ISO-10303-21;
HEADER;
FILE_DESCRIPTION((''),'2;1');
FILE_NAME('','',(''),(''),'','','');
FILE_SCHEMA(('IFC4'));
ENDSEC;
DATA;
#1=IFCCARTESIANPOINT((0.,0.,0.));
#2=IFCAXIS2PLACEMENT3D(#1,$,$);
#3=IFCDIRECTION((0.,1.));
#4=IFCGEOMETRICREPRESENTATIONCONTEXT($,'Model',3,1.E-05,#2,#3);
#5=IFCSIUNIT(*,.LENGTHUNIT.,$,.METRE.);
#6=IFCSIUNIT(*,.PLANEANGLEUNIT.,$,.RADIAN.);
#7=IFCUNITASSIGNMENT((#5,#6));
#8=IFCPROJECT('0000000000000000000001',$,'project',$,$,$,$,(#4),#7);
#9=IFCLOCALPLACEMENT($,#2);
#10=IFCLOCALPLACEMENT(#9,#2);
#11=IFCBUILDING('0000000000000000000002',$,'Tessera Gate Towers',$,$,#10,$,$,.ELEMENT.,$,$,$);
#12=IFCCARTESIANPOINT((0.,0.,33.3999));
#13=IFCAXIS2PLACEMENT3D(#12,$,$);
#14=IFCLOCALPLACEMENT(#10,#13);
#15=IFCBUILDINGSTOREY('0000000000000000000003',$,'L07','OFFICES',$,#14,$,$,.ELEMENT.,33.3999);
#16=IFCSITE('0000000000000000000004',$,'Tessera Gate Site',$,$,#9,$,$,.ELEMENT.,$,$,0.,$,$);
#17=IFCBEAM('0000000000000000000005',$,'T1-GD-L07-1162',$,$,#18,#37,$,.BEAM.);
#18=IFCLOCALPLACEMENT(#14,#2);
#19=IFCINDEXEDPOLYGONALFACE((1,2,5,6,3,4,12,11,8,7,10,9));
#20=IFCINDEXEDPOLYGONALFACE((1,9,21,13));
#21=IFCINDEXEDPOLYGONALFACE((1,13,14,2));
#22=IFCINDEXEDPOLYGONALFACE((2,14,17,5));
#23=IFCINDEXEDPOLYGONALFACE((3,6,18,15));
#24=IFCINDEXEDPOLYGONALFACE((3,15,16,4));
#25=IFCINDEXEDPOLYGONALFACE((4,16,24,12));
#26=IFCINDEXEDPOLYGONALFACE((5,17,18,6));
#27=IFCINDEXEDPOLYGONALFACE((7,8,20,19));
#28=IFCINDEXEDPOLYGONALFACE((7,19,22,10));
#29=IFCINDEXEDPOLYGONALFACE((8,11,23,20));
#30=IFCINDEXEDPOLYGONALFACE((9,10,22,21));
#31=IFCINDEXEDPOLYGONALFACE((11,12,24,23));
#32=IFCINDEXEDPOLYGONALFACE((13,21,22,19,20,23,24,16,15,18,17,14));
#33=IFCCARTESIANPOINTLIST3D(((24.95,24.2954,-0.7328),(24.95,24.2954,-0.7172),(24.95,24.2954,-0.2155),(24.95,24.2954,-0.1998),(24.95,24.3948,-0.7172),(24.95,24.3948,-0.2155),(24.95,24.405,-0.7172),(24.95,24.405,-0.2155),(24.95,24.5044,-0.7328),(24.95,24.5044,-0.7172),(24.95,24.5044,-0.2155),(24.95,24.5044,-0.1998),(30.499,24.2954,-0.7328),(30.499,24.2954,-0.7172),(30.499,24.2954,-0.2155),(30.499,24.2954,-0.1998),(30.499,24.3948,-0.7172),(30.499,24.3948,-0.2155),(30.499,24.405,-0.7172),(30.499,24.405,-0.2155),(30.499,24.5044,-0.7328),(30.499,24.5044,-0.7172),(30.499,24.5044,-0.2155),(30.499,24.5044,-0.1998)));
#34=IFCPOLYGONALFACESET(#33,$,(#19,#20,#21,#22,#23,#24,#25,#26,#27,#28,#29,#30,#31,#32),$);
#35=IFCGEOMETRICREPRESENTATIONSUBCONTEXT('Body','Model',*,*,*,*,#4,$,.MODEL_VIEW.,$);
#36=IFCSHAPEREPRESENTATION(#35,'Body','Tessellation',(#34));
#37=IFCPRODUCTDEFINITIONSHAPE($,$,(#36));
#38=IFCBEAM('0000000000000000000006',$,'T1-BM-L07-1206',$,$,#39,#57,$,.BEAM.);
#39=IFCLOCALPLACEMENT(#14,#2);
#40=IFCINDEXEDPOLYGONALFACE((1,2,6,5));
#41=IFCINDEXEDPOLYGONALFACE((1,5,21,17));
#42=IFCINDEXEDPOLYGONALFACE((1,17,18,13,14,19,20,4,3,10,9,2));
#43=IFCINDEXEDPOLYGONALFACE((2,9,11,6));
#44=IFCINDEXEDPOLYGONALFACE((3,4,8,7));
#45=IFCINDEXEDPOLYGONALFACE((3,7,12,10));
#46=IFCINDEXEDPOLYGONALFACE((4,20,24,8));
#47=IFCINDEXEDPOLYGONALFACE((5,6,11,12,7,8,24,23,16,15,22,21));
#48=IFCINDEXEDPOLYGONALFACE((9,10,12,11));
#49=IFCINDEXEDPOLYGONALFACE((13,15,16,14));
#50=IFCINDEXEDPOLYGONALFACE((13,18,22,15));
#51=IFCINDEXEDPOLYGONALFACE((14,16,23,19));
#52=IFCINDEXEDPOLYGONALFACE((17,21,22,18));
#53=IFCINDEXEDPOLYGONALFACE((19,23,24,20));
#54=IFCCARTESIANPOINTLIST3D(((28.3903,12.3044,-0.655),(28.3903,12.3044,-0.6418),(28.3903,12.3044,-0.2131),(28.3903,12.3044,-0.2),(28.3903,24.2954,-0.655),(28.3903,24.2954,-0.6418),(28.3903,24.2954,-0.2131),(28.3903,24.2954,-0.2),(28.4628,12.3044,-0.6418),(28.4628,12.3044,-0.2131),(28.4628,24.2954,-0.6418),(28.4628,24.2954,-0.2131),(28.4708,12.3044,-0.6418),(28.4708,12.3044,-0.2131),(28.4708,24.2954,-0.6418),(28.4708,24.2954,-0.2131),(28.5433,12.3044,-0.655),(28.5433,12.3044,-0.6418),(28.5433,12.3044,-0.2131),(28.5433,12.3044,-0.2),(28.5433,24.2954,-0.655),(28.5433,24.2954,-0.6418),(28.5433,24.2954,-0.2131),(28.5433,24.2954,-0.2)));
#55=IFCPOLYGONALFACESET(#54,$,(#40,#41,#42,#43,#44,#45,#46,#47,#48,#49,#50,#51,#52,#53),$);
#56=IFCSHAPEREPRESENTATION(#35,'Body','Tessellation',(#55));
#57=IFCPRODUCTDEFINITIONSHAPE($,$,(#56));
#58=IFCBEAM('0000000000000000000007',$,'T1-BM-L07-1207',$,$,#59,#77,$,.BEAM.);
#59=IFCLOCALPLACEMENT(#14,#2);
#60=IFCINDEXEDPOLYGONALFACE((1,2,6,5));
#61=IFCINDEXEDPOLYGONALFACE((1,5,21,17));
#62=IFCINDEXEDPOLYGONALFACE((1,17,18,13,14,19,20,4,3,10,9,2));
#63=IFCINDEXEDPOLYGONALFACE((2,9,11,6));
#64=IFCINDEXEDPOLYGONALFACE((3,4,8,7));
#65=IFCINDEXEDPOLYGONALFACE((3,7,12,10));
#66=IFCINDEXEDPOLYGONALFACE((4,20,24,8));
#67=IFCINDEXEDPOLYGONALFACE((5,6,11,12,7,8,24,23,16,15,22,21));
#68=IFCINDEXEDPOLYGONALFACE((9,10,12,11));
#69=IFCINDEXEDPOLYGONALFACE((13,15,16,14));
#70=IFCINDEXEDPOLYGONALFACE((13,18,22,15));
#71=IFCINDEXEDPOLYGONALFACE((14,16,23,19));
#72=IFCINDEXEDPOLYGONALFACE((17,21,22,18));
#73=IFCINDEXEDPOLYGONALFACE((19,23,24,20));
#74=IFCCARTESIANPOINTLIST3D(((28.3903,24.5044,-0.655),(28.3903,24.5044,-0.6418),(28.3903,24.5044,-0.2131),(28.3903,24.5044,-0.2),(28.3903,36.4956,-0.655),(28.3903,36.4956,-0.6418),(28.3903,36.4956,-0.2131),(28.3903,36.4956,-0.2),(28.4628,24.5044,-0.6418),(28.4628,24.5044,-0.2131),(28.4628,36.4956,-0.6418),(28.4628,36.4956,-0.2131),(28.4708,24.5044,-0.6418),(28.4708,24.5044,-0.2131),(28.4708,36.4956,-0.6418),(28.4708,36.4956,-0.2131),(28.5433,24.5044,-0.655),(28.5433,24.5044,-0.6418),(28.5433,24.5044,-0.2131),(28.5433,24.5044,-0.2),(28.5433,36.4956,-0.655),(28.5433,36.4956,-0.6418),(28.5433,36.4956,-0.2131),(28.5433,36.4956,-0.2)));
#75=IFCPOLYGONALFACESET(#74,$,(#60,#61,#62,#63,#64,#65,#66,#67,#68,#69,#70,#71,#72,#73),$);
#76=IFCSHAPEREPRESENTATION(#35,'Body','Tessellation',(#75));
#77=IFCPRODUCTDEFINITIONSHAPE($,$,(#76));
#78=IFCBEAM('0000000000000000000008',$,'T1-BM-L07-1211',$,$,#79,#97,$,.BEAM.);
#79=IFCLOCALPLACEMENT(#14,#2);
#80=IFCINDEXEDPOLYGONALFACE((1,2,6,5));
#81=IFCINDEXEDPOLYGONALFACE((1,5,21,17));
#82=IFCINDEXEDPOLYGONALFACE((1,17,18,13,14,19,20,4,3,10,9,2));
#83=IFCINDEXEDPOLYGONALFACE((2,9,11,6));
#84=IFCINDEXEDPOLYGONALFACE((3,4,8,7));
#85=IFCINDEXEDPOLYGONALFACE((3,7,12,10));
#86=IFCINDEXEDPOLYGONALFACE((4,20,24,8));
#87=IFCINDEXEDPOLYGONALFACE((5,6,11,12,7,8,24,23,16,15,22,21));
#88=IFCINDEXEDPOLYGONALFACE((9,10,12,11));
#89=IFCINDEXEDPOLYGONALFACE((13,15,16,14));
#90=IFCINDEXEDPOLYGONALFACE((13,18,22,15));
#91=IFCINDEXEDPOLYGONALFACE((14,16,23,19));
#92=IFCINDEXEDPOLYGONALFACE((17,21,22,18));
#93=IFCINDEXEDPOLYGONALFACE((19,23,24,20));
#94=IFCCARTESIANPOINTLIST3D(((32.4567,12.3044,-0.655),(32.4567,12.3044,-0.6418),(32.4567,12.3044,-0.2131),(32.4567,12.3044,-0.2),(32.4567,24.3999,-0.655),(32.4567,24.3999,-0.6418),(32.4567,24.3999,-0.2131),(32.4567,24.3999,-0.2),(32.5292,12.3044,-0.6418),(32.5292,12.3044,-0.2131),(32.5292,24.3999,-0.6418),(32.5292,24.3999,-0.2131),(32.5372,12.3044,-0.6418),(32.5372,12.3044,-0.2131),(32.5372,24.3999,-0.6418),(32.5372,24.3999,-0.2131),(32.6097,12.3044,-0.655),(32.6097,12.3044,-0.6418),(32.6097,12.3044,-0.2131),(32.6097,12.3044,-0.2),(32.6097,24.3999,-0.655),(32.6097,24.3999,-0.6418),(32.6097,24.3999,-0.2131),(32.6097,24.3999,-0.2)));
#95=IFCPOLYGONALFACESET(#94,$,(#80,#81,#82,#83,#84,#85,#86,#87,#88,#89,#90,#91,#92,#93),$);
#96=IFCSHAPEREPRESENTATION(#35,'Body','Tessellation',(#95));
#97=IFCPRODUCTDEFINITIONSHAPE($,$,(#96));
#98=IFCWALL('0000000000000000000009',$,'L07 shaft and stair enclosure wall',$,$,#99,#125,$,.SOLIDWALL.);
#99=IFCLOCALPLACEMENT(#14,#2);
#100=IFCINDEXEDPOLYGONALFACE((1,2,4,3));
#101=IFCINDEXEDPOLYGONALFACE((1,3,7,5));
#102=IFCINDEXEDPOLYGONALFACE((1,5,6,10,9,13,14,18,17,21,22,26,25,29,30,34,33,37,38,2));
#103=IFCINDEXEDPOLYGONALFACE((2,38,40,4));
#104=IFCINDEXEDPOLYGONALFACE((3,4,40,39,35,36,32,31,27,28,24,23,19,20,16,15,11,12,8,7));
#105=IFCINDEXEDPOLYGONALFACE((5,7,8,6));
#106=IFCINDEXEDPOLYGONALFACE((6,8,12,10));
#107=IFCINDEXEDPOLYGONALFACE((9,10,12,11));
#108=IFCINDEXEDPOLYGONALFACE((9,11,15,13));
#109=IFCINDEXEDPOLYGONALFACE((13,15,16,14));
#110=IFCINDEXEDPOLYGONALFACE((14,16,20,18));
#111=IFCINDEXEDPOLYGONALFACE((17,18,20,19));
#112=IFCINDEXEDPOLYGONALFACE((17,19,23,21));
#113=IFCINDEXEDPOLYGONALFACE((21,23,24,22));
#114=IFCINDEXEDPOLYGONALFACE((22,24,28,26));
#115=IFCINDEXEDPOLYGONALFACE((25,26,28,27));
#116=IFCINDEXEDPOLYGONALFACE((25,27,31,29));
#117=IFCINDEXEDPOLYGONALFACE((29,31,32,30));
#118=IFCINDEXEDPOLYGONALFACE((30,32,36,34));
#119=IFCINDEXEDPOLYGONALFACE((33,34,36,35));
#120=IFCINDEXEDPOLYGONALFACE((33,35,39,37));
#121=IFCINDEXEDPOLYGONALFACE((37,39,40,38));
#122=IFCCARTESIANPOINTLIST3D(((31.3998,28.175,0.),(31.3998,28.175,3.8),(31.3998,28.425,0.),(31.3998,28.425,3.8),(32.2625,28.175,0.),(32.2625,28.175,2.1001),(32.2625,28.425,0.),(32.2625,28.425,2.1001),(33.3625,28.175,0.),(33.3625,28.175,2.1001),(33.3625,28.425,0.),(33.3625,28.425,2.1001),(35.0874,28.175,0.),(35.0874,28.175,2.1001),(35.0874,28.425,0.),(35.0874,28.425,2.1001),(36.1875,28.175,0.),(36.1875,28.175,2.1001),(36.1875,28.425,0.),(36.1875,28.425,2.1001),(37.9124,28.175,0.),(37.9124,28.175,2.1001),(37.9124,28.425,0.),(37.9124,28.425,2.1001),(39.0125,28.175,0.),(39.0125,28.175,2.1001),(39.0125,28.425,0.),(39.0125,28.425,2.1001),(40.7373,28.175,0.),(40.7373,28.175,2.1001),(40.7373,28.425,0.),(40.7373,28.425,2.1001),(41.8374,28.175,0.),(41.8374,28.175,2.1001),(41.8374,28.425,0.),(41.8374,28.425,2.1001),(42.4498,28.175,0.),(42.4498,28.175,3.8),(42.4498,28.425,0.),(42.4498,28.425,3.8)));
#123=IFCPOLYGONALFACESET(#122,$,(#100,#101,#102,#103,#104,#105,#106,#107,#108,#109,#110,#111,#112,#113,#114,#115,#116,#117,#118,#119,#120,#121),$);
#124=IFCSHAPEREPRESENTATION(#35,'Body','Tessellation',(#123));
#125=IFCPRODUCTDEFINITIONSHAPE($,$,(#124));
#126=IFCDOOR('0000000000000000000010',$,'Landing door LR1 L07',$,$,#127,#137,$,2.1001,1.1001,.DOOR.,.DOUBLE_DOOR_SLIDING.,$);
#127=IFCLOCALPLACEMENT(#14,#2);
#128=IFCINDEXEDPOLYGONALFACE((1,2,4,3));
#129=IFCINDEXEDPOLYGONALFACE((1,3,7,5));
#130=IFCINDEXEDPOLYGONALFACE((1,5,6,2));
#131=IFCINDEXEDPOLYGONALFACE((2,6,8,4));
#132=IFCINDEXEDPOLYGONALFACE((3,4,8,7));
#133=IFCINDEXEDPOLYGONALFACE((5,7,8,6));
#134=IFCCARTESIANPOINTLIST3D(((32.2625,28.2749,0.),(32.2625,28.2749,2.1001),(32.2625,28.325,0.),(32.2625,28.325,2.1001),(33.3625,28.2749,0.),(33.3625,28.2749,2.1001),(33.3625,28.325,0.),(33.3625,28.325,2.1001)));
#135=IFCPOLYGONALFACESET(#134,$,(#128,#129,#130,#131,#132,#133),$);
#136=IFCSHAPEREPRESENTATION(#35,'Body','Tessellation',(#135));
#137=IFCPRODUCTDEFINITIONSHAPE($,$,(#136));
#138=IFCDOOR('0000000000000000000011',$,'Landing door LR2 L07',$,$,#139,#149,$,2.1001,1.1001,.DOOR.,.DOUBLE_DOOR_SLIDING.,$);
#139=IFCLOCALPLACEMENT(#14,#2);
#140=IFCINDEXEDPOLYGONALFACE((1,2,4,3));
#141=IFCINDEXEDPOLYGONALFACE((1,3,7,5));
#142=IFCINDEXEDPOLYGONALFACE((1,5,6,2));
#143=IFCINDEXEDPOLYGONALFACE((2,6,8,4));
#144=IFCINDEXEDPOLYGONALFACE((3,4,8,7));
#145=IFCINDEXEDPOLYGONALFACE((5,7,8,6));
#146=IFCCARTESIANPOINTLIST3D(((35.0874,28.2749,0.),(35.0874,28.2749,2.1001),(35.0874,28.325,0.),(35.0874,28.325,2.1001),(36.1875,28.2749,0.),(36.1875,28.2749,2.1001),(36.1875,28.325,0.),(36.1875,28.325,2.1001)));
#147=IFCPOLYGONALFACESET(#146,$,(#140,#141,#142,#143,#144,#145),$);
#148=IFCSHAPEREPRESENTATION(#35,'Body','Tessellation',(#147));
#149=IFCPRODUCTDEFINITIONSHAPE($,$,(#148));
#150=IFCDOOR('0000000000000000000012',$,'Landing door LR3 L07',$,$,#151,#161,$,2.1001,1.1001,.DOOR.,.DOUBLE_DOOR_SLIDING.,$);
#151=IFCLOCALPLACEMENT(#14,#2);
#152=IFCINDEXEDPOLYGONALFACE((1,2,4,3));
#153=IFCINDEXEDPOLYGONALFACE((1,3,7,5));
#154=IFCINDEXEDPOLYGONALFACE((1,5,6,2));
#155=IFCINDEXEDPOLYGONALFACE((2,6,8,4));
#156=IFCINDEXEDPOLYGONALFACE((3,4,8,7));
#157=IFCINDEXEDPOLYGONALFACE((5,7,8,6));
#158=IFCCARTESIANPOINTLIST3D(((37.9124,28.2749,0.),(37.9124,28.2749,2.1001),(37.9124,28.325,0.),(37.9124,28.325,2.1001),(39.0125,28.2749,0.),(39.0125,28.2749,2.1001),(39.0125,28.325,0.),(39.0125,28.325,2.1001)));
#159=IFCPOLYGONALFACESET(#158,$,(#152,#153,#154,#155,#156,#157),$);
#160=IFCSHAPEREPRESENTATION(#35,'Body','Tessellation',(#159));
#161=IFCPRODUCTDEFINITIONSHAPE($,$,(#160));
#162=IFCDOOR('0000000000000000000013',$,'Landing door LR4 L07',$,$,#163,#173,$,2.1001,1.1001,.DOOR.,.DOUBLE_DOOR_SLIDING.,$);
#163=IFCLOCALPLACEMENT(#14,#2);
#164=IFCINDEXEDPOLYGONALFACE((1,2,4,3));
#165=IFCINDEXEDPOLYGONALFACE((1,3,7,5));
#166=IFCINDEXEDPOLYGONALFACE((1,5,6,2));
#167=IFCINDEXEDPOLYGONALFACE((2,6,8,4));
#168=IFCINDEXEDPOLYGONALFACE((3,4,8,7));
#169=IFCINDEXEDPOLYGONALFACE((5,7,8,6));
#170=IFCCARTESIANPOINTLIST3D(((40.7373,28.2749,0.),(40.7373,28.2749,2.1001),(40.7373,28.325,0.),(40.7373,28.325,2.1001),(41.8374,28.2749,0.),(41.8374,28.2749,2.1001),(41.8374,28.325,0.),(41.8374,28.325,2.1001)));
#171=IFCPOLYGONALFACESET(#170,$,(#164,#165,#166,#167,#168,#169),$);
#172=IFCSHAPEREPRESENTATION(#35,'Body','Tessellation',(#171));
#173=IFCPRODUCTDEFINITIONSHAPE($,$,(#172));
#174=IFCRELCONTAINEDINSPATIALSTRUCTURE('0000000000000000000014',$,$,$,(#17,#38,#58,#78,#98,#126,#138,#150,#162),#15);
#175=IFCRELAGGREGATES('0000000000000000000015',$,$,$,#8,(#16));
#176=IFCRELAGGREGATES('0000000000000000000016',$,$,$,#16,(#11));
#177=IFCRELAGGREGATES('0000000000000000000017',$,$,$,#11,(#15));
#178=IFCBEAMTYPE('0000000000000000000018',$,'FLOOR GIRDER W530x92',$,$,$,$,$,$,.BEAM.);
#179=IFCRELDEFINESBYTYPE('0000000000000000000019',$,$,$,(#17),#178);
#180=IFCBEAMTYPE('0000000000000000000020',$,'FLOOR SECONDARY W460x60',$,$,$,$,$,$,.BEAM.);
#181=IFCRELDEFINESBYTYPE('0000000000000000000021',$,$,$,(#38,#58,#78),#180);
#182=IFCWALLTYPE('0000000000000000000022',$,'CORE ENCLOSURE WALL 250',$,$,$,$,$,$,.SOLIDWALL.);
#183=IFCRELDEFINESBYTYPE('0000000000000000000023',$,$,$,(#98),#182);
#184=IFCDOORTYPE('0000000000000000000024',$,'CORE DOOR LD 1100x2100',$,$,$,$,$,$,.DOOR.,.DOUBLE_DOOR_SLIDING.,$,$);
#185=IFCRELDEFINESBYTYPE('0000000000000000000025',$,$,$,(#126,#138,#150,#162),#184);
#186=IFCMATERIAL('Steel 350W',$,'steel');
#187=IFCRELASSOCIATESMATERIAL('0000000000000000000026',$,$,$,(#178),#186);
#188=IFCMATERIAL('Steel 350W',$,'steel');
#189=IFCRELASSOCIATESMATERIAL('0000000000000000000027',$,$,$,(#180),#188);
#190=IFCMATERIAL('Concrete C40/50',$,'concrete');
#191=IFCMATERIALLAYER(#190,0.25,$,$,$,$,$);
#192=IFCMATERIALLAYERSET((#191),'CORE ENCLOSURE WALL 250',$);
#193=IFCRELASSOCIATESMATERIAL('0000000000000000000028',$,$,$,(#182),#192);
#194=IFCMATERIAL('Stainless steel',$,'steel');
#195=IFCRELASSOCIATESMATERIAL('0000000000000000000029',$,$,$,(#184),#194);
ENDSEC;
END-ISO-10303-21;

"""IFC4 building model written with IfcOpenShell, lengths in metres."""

from ifc_helpers import new_model, si_unit, direction, frame, frame_2d, origin, origin_2d, place, context, subcontext, project, spatial, rectangle, i_section, extrude, source, transform, mapped, material, layer, layer_set, material_profile, profile_set, type_object, element, fill, save


model = new_model("IFC4")

# Units and contexts
model_context = context("Model", 3, precision=1e-05, world=origin(), true_north=direction((0.0, 1.0)))
body_context = subcontext(model_context, "Body", "Model", "MODEL_VIEW")
ifc_project = project(units=[si_unit("LENGTHUNIT", "METRE"), si_unit("PLANEANGLEUNIT", "RADIAN")], contexts=[model_context])

# Site, building, storey
site_placement = place(None, origin())
site = spatial("IfcSite", under=ifc_project, at=site_placement, Name="Tessera Gate Site", CompositionType="ELEMENT", RefElevation=0.0)
building_placement = place(site_placement, origin())
building = spatial("IfcBuilding", under=site, at=building_placement, Name="Tessera Gate Towers", CompositionType="ELEMENT")
storey_placement = place(building_placement, frame((0.0, 0.0, 33.3999)))
storey = spatial("IfcBuildingStorey", under=building, at=storey_placement, Name="L07", Description="OFFICES", CompositionType="ELEMENT", Elevation=33.3999)

# Beams
ifc_material_1 = material(Name="Steel 350W", Category="steel")
ifc_material_profile_1 = material_profile(ifc_material_1, i_section(OverallWidth=0.209, OverallDepth=0.533, WebThickness=0.0103, FlangeThickness=0.0156, at=origin_2d()), Name="W530x92")
ifc_profile_set_1 = profile_set([ifc_material_profile_1], Name="Steel 350W")
beam_type_1 = type_object("IfcBeamType", Name="FLOOR GIRDER W530x92", PredefinedType="BEAM", material=ifc_profile_set_1)
beam_1_placement = place(storey_placement, frame((24.95, 24.3999, -0.4663), z_axis=(1.0, 0.0, 0.0), x_axis=(0.0, 1.0, 0.0)))
element("IfcBeam", 1, at=beam_1_placement, inside=storey, type_object=beam_type_1, Name="T1-GD-L07-1162", PredefinedType="BEAM", context=body_context, shape_type="SweptSolid", body=[
    extrude(i_section(OverallWidth=0.209, OverallDepth=0.533, WebThickness=0.0103, FlangeThickness=0.0156, at=origin_2d()), origin(), (0.0, 0.0, 1.0), 5.5491),
])
ifc_material_2 = material(Name="Steel 350W", Category="steel")
ifc_material_profile_2 = material_profile(ifc_material_2, i_section(OverallWidth=0.1531, OverallDepth=0.4551, WebThickness=0.0081, FlangeThickness=0.0132, at=origin_2d()), Name="W460x60")
ifc_profile_set_2 = profile_set([ifc_material_profile_2], Name="Steel 350W")
beam_type_2 = type_object("IfcBeamType", Name="FLOOR SECONDARY W460x60", PredefinedType="BEAM", material=ifc_profile_set_2)
beam_2_placement = place(storey_placement, frame((28.4668, 12.3044, -0.4275), z_axis=(0.0, 1.0, 0.0), x_axis=(-1.0, 0.0, 0.0)))
element("IfcBeam", 2, at=beam_2_placement, inside=storey, type_object=beam_type_2, Name="T1-BM-L07-1206", PredefinedType="BEAM", context=body_context, shape_type="SweptSolid", body=[
    extrude(i_section(OverallWidth=0.1531, OverallDepth=0.4551, WebThickness=0.0081, FlangeThickness=0.0132, at=origin_2d()), origin(), (0.0, 0.0, 1.0), 11.991),
])
beam_3_placement = place(storey_placement, frame((28.4668, 24.5044, -0.4275), z_axis=(0.0, 1.0, 0.0), x_axis=(-1.0, 0.0, 0.0)))
element("IfcBeam", 3, at=beam_3_placement, inside=storey, type_object=beam_type_2, Name="T1-BM-L07-1207", PredefinedType="BEAM", context=body_context, shape_type="SweptSolid", body=[
    extrude(i_section(OverallWidth=0.1531, OverallDepth=0.4551, WebThickness=0.0081, FlangeThickness=0.0132, at=origin_2d()), origin(), (0.0, 0.0, 1.0), 11.9912),
])
beam_4_placement = place(storey_placement, frame((32.5332, 12.3044, -0.4275), z_axis=(0.0, 1.0, 0.0), x_axis=(-1.0, 0.0, 0.0)))
element("IfcBeam", 4, at=beam_4_placement, inside=storey, type_object=beam_type_2, Name="T1-BM-L07-1211", PredefinedType="BEAM", context=body_context, shape_type="SweptSolid", body=[
    extrude(i_section(OverallWidth=0.1531, OverallDepth=0.4551, WebThickness=0.0081, FlangeThickness=0.0132, at=origin_2d()), origin(), (0.0, 0.0, 1.0), 12.0955),
])

# Wall, openings, doors
ifc_material_3 = material(Name="Concrete C40/50", Category="concrete")
ifc_layer_1 = layer(ifc_material_3, 0.25)
ifc_layer_set_1 = layer_set([ifc_layer_1], Name="CORE ENCLOSURE WALL 250")
wall_type_1 = type_object("IfcWallType", Name="CORE ENCLOSURE WALL 250", PredefinedType="SOLIDWALL", material=ifc_layer_set_1)
wall_1_placement = place(storey_placement, frame((31.3999, 28.3, 0.0), z_axis=(0.0, 0.0, 1.0), x_axis=(1.0, 0.0, 0.0)))
wall_1 = element("IfcWall", 5, at=wall_1_placement, inside=storey, type_object=wall_type_1, Name="L07 shaft and stair enclosure wall", PredefinedType="SOLIDWALL", context=body_context, shape_type="SweptSolid", body=[
    extrude(rectangle(XDim=11.05, YDim=0.25, at=frame_2d((5.5249, 0.0))), origin(), (0.0, 0.0, 1.0), 3.8),
])
shared_shape_1 = source(origin(), body_context, "Body", "SweptSolid", [
    extrude(rectangle(XDim=1.1001, YDim=2.1001, at=frame_2d((0.55, 1.05))), frame((0.0, 0.135, 0.0), z_axis=(0.0, -1.0, 0.0), x_axis=(1.0, 0.0, 0.0)), (0.0, 0.0, 1.0), 0.27),
])
opening_1_placement = place(wall_1_placement, frame((0.8625, 0.0, 0.0)))
opening_1 = element("IfcOpeningElement", 6, at=opening_1_placement, cuts=wall_1, PredefinedType="OPENING", context=body_context, shape_type="MappedRepresentation", body=[
    mapped(shared_shape_1, transform((0.0, 0.0, 0.0), scale=1.0)),
])
opening_2_placement = place(wall_1_placement, frame((3.6875, 0.0, 0.0)))
opening_2 = element("IfcOpeningElement", 7, at=opening_2_placement, cuts=wall_1, PredefinedType="OPENING", context=body_context, shape_type="MappedRepresentation", body=[
    mapped(shared_shape_1, transform((0.0, 0.0, 0.0), scale=1.0)),
])
opening_3_placement = place(wall_1_placement, frame((6.5125, 0.0, 0.0)))
opening_3 = element("IfcOpeningElement", 8, at=opening_3_placement, cuts=wall_1, PredefinedType="OPENING", context=body_context, shape_type="MappedRepresentation", body=[
    mapped(shared_shape_1, transform((0.0, 0.0, 0.0), scale=1.0)),
])
opening_4_placement = place(wall_1_placement, frame((9.3374, 0.0, 0.0)))
opening_4 = element("IfcOpeningElement", 9, at=opening_4_placement, cuts=wall_1, PredefinedType="OPENING", context=body_context, shape_type="MappedRepresentation", body=[
    mapped(shared_shape_1, transform((0.0, 0.0, 0.0), scale=1.0)),
])
ifc_material_4 = material(Name="Stainless steel", Category="steel")
door_type_1 = type_object("IfcDoorType", Name="CORE DOOR LD 1100x2100", OperationType="DOUBLE_DOOR_SLIDING", PredefinedType="DOOR", material=ifc_material_4)
shared_shape_2 = source(origin(), body_context, "Body", "SweptSolid", [
    extrude(rectangle(XDim=1.1001, YDim=2.1001, at=frame_2d((0.55, 1.05))), frame((0.0, 0.0249, 0.0), z_axis=(0.0, -1.0, 0.0), x_axis=(1.0, 0.0, 0.0)), (0.0, 0.0, 1.0), 0.05),
])
door_1_placement = place(opening_1_placement, origin())
door_1 = element("IfcDoor", 10, at=door_1_placement, inside=storey, type_object=door_type_1, Name="Landing door LR1 L07", OperationType="DOUBLE_DOOR_SLIDING", OverallHeight=2.1001, OverallWidth=1.1001, PredefinedType="DOOR", context=body_context, shape_type="MappedRepresentation", body=[
    mapped(shared_shape_2, transform((0.0, 0.0, 0.0), scale=1.0)),
])
fill(opening_1, door_1)
door_2_placement = place(opening_2_placement, origin())
door_2 = element("IfcDoor", 11, at=door_2_placement, inside=storey, type_object=door_type_1, Name="Landing door LR2 L07", OperationType="DOUBLE_DOOR_SLIDING", OverallHeight=2.1001, OverallWidth=1.1001, PredefinedType="DOOR", context=body_context, shape_type="MappedRepresentation", body=[
    mapped(shared_shape_2, transform((0.0, 0.0, 0.0), scale=1.0)),
])
fill(opening_2, door_2)
door_3_placement = place(opening_3_placement, origin())
door_3 = element("IfcDoor", 12, at=door_3_placement, inside=storey, type_object=door_type_1, Name="Landing door LR3 L07", OperationType="DOUBLE_DOOR_SLIDING", OverallHeight=2.1001, OverallWidth=1.1001, PredefinedType="DOOR", context=body_context, shape_type="MappedRepresentation", body=[
    mapped(shared_shape_2, transform((0.0, 0.0, 0.0), scale=1.0)),
])
fill(opening_3, door_3)
door_4_placement = place(opening_4_placement, origin())
door_4 = element("IfcDoor", 13, at=door_4_placement, inside=storey, type_object=door_type_1, Name="Landing door LR4 L07", OperationType="DOUBLE_DOOR_SLIDING", OverallHeight=2.1001, OverallWidth=1.1001, PredefinedType="DOOR", context=body_context, shape_type="MappedRepresentation", body=[
    mapped(shared_shape_2, transform((0.0, 0.0, 0.0), scale=1.0)),
])
fill(opening_4, door_4)

save(model, "model.ifc")
